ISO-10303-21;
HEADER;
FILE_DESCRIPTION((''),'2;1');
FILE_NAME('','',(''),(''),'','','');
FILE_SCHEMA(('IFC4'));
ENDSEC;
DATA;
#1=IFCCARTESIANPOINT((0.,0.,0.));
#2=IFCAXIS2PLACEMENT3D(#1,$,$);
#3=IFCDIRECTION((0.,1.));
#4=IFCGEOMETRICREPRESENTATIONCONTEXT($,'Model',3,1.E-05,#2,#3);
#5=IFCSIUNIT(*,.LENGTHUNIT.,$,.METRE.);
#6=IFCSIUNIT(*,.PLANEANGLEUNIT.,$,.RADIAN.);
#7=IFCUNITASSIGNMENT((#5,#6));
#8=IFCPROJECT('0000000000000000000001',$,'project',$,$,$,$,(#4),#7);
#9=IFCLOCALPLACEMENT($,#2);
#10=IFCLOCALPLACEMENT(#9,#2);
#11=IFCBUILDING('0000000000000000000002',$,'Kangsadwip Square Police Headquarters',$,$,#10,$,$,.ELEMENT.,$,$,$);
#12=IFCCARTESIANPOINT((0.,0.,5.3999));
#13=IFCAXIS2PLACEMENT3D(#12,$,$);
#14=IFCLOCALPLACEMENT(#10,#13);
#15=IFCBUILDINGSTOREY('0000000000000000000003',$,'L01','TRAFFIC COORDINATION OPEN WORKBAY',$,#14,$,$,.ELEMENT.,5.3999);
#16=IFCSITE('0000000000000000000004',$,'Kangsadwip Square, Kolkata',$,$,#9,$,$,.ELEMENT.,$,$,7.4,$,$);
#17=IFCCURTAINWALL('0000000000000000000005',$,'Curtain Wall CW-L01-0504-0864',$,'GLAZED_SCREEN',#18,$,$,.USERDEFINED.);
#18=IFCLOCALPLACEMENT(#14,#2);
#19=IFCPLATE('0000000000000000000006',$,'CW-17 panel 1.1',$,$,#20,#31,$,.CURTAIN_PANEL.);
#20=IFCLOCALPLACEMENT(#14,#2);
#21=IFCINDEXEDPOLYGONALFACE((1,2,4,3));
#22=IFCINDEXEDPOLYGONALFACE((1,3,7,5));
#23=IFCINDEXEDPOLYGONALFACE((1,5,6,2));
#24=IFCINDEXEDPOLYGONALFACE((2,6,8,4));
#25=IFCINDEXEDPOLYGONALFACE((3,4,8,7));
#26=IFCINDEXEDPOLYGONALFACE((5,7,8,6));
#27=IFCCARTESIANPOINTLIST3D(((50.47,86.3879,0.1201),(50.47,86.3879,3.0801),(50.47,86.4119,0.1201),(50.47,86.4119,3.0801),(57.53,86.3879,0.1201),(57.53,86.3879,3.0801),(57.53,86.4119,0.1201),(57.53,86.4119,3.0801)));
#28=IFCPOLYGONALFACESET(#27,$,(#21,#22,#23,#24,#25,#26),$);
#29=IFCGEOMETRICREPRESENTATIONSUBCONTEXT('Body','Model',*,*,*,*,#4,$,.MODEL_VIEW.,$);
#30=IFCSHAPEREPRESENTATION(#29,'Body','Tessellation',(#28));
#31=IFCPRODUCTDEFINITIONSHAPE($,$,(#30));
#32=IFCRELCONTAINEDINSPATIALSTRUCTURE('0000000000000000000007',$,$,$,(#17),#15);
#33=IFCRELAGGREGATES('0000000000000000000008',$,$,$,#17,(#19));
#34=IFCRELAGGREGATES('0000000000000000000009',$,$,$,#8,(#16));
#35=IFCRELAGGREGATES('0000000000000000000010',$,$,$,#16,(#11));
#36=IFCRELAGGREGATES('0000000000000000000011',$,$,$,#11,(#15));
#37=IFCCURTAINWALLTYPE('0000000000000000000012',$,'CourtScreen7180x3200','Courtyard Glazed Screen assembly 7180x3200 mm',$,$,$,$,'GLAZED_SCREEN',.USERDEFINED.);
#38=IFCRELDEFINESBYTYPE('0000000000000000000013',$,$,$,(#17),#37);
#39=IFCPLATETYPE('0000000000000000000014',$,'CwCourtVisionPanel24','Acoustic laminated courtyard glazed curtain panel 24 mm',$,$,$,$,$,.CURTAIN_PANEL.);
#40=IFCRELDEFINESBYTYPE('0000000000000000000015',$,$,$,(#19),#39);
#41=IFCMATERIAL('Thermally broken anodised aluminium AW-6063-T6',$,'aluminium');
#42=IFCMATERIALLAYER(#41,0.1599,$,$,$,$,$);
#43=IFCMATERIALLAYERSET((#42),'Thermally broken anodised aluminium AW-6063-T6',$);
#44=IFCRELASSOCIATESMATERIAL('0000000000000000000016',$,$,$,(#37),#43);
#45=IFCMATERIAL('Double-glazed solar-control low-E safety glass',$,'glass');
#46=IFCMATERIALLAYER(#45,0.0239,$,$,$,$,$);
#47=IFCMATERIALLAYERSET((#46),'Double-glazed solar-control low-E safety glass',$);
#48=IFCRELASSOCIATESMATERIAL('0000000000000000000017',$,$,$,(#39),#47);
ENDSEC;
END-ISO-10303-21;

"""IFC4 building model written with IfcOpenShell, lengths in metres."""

from ifc_helpers import new_model, si_unit, direction, frame, origin, origin_2d, place, context, subcontext, project, spatial, rectangle, extrude, material, layer, layer_set, type_object, element, aggregate, save


model = new_model("IFC4")

# Units and contexts
model_context = context("Model", 3, precision=1e-05, world=origin(), true_north=direction((0.0, 1.0)))
body_context = subcontext(model_context, "Body", "Model", "MODEL_VIEW")
ifc_project = project(units=[si_unit("LENGTHUNIT", "METRE"), si_unit("PLANEANGLEUNIT", "RADIAN")], contexts=[model_context])

# Site, building, storey
site_placement = place(None, origin())
site = spatial("IfcSite", under=ifc_project, at=site_placement, Name="Kangsadwip Square, Kolkata", CompositionType="ELEMENT", RefElevation=7.4)
building_placement = place(site_placement, origin())
building = spatial("IfcBuilding", under=site, at=building_placement, Name="Kangsadwip Square Police Headquarters", CompositionType="ELEMENT")
storey_placement = place(building_placement, frame((0.0, 0.0, 5.3999)))
storey = spatial("IfcBuildingStorey", under=building, at=storey_placement, Name="L01", Description="TRAFFIC COORDINATION OPEN WORKBAY", CompositionType="ELEMENT", Elevation=5.3999)

# Shared definitions
ifc_material_1 = material(Name="Thermally broken anodised aluminium AW-6063-T6", Category="aluminium")
ifc_layer_1 = layer(ifc_material_1, 0.1599)
ifc_layer_set_1 = layer_set([ifc_layer_1], Name="Thermally broken anodised aluminium AW-6063-T6")
curtain_wall_type = type_object("IfcCurtainWallType", Name="CourtScreen7180x3200", Description="Courtyard Glazed Screen assembly 7180x3200 mm", ElementType="GLAZED_SCREEN", PredefinedType="USERDEFINED", material=ifc_layer_set_1)

# Curtain wall
curtain_wall_1_placement = place(storey_placement, origin())
curtain_wall_1 = element("IfcCurtainWall", 1, at=curtain_wall_1_placement, inside=storey, type_object=curtain_wall_type, Name="Curtain Wall CW-L01-0504-0864", ObjectType="GLAZED_SCREEN", PredefinedType="USERDEFINED")

# Plate
ifc_material_2 = material(Name="Double-glazed solar-control low-E safety glass", Category="glass")
ifc_layer_2 = layer(ifc_material_2, 0.0239)
ifc_layer_set_2 = layer_set([ifc_layer_2], Name="Double-glazed solar-control low-E safety glass")
plate_type = type_object("IfcPlateType", Name="CwCourtVisionPanel24", Description="Acoustic laminated courtyard glazed curtain panel 24 mm", PredefinedType="CURTAIN_PANEL", material=ifc_layer_set_2)
plate_placement = place(storey_placement, frame((54.0, 86.3999, 0.1201), z_axis=(0.0, 0.0, 1.0), x_axis=(1.0, 0.0, 0.0)))
plate = element("IfcPlate", 2, at=plate_placement, type_object=plate_type, Name="CW-17 panel 1.1", PredefinedType="CURTAIN_PANEL", context=body_context, shape_type="SweptSolid", body=[
    extrude(rectangle(XDim=7.0601, YDim=0.0239, at=origin_2d()), origin(), (0.0, 0.0, 1.0), 2.96),
])
aggregate(curtain_wall_1, [plate])

save(model, "model.ifc")
